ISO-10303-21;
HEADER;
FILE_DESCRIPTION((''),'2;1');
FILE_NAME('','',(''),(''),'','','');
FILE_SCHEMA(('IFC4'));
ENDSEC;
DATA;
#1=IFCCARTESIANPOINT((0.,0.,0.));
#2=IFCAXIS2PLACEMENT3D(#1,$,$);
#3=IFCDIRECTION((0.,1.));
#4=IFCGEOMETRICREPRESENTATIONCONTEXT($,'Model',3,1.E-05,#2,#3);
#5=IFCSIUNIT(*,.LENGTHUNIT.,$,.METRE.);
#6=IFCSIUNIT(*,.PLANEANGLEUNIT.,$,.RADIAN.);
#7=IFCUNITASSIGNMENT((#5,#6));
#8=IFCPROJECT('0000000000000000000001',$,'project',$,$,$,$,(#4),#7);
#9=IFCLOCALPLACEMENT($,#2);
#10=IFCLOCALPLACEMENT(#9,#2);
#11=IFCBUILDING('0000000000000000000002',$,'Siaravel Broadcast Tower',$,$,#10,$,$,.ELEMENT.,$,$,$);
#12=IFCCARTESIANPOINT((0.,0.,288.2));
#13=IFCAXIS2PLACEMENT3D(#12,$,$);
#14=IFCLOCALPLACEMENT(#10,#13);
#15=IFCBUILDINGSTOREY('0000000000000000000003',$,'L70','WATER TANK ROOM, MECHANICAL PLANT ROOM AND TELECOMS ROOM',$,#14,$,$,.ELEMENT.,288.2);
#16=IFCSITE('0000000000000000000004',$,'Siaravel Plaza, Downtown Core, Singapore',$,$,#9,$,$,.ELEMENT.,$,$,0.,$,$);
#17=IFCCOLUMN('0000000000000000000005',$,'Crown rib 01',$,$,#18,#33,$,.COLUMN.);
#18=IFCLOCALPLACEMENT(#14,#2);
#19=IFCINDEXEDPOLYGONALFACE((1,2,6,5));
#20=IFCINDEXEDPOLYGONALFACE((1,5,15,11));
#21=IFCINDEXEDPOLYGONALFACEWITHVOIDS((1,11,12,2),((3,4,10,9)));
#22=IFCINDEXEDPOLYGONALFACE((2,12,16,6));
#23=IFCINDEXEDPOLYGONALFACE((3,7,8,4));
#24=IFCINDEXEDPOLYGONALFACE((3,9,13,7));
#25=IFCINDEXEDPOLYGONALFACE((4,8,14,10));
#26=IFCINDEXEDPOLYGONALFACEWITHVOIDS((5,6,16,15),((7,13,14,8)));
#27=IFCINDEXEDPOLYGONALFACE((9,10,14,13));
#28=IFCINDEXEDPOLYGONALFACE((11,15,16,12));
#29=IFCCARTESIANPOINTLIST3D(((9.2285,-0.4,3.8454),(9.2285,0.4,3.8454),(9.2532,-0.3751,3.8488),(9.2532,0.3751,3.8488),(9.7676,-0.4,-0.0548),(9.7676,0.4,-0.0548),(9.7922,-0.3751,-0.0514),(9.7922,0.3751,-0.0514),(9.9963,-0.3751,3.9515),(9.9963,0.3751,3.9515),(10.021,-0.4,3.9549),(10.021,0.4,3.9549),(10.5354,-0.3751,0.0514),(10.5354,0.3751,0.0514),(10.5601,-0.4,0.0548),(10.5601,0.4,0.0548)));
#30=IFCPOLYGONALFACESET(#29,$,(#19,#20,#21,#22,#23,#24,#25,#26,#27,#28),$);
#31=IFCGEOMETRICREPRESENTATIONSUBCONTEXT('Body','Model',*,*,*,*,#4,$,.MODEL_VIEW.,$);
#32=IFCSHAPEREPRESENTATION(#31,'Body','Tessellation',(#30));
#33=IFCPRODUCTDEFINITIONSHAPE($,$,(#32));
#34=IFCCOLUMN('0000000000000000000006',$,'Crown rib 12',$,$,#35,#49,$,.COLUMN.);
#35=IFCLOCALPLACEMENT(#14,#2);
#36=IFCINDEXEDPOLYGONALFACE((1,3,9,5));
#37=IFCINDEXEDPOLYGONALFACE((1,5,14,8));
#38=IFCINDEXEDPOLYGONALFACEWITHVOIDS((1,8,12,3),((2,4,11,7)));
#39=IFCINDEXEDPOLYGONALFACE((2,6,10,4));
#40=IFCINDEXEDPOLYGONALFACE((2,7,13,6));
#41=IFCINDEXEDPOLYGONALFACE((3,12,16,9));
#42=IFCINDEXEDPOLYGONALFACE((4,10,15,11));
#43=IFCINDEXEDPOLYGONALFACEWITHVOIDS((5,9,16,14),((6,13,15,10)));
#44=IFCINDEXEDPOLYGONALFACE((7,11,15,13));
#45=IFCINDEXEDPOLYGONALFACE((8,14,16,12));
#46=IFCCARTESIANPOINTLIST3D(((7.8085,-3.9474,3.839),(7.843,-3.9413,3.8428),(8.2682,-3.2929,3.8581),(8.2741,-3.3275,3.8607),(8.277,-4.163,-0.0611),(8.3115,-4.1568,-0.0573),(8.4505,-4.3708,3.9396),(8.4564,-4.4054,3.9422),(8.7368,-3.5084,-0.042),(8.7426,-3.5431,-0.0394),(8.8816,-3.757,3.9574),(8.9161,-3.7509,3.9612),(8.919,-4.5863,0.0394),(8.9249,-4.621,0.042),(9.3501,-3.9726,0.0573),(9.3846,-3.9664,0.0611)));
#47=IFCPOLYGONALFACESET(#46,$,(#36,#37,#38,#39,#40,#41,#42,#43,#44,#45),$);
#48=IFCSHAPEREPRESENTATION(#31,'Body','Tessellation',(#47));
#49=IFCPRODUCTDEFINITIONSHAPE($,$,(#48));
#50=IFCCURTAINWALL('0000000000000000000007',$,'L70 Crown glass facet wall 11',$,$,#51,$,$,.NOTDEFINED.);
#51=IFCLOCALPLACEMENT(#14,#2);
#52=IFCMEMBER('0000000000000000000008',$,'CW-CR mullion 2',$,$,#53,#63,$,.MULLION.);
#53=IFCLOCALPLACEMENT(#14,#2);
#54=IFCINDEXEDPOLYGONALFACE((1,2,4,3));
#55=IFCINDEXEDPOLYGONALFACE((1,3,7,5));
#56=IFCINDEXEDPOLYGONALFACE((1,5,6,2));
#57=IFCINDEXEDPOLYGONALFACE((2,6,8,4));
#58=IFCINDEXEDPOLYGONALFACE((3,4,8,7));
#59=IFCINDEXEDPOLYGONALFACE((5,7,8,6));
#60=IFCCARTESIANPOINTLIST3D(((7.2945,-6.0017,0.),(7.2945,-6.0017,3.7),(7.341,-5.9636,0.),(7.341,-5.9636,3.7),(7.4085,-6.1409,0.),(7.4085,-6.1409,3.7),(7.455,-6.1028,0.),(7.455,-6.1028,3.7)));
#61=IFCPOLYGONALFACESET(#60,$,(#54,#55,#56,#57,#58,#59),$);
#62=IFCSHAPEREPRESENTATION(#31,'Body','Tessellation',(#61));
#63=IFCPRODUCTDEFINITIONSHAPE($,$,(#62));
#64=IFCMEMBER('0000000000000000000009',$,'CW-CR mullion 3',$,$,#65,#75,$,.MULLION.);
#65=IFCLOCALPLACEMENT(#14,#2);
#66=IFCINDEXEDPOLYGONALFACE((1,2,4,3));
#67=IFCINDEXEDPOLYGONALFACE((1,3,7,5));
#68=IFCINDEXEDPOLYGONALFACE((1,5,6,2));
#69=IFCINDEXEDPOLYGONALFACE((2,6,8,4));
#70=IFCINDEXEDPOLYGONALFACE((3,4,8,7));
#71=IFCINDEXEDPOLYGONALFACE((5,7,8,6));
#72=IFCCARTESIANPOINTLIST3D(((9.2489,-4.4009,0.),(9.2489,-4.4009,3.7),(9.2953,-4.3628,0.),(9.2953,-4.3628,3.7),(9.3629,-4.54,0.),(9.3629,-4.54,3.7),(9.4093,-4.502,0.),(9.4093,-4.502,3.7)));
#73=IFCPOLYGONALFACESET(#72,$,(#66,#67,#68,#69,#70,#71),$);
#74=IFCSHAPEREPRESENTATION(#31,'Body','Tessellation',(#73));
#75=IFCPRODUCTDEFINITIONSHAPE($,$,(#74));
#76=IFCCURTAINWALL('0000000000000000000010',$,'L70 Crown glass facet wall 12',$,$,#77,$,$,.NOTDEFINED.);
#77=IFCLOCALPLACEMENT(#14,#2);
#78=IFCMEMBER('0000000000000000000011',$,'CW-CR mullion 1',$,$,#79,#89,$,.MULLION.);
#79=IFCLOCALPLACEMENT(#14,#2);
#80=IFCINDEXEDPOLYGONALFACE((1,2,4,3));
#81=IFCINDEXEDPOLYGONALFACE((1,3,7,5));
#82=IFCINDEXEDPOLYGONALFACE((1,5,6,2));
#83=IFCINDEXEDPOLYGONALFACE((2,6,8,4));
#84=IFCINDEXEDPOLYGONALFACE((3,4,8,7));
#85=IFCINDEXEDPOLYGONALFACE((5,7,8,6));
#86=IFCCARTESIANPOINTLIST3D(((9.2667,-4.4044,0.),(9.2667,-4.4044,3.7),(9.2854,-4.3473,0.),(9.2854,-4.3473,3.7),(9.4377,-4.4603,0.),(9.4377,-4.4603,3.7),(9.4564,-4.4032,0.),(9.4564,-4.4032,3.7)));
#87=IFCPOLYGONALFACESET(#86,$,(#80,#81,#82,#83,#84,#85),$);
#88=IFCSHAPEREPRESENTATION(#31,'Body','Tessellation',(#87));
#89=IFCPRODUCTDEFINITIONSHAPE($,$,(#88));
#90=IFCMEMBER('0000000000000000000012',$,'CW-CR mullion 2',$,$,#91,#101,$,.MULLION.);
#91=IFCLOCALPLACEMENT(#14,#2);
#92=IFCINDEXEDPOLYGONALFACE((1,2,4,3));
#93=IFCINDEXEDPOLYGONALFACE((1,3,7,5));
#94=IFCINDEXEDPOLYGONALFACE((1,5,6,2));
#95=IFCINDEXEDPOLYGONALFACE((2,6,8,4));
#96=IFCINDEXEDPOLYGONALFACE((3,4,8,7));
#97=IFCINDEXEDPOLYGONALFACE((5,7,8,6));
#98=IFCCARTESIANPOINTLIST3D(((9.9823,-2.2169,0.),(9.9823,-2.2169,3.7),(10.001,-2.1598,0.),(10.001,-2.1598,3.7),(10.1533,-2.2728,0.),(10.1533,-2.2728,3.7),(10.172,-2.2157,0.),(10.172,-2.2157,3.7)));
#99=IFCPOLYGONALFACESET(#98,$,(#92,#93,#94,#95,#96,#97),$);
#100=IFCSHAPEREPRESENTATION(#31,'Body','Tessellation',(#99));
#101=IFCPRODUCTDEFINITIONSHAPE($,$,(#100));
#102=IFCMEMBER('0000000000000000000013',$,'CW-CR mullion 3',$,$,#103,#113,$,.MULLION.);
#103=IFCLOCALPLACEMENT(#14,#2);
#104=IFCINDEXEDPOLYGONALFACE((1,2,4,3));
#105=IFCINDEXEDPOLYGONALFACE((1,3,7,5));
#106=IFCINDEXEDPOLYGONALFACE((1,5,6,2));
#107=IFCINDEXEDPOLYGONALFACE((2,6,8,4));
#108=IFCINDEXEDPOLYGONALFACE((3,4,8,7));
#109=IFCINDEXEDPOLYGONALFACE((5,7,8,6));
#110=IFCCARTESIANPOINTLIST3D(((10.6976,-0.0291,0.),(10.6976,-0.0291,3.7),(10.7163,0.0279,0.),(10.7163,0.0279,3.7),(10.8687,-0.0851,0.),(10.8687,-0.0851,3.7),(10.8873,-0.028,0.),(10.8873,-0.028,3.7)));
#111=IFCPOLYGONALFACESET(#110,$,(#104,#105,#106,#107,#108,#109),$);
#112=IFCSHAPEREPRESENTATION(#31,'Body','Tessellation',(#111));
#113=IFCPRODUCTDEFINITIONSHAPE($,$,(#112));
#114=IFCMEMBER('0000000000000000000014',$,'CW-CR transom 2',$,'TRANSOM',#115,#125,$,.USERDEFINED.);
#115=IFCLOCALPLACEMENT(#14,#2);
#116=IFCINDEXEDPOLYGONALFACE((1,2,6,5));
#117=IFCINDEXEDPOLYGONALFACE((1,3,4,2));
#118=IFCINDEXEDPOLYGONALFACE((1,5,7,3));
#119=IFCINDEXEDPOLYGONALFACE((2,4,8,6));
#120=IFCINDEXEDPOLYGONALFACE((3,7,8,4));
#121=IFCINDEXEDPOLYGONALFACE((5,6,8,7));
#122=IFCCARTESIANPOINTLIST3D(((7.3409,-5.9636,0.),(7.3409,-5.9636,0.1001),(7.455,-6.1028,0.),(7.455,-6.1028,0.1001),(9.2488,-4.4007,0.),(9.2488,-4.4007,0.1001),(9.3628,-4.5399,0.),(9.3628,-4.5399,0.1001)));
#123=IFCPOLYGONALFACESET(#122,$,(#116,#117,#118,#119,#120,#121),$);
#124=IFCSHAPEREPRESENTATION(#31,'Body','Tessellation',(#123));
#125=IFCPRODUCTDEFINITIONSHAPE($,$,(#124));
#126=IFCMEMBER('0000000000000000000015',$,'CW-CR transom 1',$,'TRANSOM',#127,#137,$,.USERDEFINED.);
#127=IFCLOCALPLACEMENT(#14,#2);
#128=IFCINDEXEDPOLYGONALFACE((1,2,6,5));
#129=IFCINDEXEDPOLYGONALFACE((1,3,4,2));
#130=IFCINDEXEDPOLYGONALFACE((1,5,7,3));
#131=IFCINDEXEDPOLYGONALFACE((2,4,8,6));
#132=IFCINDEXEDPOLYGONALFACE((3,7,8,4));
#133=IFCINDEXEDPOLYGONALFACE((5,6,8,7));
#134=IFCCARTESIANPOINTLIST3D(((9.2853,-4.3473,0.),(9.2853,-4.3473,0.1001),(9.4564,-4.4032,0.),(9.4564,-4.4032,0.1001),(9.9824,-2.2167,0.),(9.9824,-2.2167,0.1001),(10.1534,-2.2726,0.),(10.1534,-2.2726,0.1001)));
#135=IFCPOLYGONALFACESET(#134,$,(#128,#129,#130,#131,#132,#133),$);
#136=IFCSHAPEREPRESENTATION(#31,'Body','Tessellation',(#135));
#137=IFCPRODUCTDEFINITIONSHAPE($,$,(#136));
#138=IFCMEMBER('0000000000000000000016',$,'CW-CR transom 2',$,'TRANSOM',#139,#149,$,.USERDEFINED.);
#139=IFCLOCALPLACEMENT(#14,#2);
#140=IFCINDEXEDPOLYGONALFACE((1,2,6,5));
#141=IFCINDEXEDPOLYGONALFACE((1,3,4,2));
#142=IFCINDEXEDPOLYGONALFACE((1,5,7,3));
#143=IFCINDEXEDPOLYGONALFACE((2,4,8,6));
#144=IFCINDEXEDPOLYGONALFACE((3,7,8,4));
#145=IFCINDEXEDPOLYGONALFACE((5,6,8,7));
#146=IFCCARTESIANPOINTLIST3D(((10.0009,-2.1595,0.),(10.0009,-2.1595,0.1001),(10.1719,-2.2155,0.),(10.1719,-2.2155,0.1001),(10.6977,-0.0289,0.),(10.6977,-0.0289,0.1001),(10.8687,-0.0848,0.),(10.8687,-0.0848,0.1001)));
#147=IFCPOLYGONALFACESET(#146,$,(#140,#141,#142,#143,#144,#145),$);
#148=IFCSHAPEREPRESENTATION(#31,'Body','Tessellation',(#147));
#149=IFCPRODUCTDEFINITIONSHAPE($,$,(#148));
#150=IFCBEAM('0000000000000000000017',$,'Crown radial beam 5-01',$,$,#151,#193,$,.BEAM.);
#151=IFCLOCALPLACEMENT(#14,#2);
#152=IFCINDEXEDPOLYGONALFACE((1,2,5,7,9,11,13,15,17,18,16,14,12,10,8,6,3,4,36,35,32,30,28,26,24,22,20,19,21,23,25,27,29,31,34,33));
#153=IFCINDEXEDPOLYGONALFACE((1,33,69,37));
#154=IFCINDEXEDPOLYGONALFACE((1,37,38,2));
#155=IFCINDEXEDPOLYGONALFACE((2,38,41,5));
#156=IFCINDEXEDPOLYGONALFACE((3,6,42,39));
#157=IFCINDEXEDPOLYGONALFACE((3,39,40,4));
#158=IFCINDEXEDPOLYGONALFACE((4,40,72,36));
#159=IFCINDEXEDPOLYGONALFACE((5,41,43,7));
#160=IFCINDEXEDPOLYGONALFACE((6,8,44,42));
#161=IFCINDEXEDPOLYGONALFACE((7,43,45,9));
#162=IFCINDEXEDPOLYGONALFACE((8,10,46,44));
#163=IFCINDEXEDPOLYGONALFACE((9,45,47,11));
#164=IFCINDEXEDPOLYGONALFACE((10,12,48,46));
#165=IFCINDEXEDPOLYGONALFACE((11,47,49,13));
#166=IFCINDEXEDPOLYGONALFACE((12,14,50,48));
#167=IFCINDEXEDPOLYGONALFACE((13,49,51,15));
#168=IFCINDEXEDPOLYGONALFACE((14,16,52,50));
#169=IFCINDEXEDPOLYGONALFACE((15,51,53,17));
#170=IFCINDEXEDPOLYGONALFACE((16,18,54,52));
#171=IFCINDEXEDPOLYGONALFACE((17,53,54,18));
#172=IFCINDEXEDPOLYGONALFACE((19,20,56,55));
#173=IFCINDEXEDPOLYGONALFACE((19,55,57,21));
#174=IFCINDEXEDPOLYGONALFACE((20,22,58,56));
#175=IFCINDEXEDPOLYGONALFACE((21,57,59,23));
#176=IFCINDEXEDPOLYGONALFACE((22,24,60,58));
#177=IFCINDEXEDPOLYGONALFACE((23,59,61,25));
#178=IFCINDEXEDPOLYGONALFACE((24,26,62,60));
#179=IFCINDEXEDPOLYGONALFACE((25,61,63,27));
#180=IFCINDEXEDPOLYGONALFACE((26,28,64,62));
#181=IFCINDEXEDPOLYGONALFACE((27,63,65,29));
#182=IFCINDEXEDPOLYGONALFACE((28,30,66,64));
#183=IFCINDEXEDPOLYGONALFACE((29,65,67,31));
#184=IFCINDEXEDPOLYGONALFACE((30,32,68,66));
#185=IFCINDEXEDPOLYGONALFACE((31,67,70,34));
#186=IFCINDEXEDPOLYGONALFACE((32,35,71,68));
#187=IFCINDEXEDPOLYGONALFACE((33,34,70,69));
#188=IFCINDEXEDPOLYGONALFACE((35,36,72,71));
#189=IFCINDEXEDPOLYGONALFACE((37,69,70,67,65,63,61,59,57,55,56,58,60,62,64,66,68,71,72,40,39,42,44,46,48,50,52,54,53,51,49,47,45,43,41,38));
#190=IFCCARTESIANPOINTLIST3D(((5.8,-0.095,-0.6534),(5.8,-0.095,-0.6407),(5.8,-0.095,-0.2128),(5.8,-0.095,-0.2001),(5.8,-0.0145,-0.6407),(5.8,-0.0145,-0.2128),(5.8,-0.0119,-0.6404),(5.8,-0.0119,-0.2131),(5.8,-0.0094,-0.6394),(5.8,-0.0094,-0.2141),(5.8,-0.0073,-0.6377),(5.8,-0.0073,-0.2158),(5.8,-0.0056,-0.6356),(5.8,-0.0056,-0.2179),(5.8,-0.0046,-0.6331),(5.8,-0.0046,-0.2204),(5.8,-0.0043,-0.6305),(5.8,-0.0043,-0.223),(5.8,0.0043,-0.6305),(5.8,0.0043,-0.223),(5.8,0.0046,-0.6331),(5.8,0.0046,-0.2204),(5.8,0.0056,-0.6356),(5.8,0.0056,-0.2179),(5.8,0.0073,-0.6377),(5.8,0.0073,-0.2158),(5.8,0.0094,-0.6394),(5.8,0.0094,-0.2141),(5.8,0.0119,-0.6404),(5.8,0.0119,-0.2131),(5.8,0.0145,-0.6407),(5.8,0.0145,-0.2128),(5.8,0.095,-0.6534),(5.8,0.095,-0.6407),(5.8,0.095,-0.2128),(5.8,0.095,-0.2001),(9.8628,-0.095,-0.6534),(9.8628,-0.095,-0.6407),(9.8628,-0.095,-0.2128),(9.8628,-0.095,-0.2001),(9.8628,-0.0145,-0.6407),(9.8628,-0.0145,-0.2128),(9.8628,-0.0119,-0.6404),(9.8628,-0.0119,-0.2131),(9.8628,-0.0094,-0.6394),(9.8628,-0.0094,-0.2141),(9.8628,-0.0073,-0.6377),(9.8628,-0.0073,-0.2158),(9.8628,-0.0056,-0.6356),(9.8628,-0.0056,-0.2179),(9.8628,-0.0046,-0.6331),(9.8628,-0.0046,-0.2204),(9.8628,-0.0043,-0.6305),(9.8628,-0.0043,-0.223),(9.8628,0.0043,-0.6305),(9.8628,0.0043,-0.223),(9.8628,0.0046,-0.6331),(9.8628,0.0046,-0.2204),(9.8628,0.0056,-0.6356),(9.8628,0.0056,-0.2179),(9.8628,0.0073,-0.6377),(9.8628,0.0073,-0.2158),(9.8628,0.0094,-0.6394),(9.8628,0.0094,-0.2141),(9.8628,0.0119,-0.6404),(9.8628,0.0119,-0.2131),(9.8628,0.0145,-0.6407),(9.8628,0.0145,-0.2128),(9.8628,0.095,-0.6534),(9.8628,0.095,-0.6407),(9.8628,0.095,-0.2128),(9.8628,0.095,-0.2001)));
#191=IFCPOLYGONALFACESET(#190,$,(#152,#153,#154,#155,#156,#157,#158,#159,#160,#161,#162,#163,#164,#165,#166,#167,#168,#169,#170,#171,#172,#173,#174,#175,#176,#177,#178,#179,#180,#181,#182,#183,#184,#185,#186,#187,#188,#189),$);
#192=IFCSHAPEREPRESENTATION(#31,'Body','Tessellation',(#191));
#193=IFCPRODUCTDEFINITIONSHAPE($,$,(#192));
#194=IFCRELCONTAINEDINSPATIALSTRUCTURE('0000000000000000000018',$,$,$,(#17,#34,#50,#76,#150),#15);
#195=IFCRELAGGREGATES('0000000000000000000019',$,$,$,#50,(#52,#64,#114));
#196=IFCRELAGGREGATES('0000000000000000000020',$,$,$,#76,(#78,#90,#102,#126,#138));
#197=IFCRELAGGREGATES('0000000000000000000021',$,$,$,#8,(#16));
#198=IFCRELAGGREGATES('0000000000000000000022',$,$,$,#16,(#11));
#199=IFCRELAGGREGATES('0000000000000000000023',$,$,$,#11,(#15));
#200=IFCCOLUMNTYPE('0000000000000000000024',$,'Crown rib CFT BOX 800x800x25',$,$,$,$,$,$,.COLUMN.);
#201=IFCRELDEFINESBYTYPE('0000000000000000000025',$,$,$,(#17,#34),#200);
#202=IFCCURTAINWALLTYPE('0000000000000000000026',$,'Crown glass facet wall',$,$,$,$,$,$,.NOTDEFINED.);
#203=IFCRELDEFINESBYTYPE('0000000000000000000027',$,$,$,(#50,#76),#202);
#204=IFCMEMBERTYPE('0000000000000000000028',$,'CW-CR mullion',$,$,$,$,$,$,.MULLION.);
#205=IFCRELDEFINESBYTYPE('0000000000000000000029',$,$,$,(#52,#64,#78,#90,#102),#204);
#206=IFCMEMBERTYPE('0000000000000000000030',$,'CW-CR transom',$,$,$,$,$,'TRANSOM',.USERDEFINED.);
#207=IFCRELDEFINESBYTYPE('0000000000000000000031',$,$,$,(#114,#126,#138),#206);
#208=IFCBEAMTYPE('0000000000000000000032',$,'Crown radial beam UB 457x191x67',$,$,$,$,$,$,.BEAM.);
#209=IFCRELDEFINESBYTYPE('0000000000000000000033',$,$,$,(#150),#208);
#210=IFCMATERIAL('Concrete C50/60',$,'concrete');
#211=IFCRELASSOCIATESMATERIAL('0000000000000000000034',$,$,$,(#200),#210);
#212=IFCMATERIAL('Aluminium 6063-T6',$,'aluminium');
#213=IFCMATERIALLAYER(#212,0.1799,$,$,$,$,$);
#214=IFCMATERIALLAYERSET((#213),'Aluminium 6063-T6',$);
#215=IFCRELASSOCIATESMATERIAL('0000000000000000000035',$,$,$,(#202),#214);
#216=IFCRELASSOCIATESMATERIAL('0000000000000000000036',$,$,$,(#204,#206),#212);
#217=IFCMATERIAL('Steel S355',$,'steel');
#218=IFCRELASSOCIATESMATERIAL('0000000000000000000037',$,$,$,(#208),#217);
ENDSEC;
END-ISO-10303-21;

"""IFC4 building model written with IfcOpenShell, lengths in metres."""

from ifc_helpers import new_model, si_unit, direction, frame, origin, origin_2d, place, context, subcontext, project, spatial, rectangle, hollow_rectangle, i_section, extrude, material, layer, layer_set, material_profile, profile_set, type_object, element, aggregate, save


model = new_model("IFC4")

# Units and contexts
model_context = context("Model", 3, precision=1e-05, world=origin(), true_north=direction((0.0, 1.0)))
body_context = subcontext(model_context, "Body", "Model", "MODEL_VIEW")
ifc_project = project(units=[si_unit("LENGTHUNIT", "METRE"), si_unit("PLANEANGLEUNIT", "RADIAN")], contexts=[model_context])

# Site, building, storey
site_placement = place(None, origin())
site = spatial("IfcSite", under=ifc_project, at=site_placement, Name="Siaravel Plaza, Downtown Core, Singapore", CompositionType="ELEMENT", RefElevation=0.0)
building_placement = place(site_placement, origin())
building = spatial("IfcBuilding", under=site, at=building_placement, Name="Siaravel Broadcast Tower", CompositionType="ELEMENT")
storey_placement = place(building_placement, frame((0.0, 0.0, 288.2)))
storey = spatial("IfcBuildingStorey", under=building, at=storey_placement, Name="L70", Description="WATER TANK ROOM, MECHANICAL PLANT ROOM AND TELECOMS ROOM", CompositionType="ELEMENT", Elevation=288.2)

# Columns
ifc_material_1 = material(Name="Concrete C50/60", Category="concrete")
ifc_material_profile_1 = material_profile(ifc_material_1, hollow_rectangle(XDim=0.8, YDim=0.8, WallThickness=0.0249, at=origin_2d()))
ifc_profile_set_1 = profile_set([ifc_material_profile_1], Name="Concrete C50/60")
column_type = type_object("IfcColumnType", Name="Crown rib CFT BOX 800x800x25", PredefinedType="COLUMN", material=ifc_profile_set_1)
column_1_placement = place(storey_placement, frame((10.1638, 0.0, 0.0), z_axis=(-0.136914, 0.0, 0.990583), x_axis=(0.0, -1.0, 0.0)))
element("IfcColumn", 1, at=column_1_placement, inside=storey, type_object=column_type, Name="Crown rib 01", PredefinedType="COLUMN", context=body_context, shape_type="SweptSolid", body=[
    extrude(hollow_rectangle(XDim=0.8, YDim=0.8, WallThickness=0.0249, at=origin_2d()), origin(), (0.0, 0.0, 1.0), 3.9373),
])
column_2_placement = place(storey_placement, frame((8.8308, -4.0647, 0.0), z_axis=(-0.119089, 0.054797, 0.99137), x_axis=(-0.574593, -0.818093, -0.023804)))
element("IfcColumn", 2, at=column_2_placement, inside=storey, type_object=column_type, Name="Crown rib 12", PredefinedType="COLUMN", context=body_context, shape_type="SweptSolid", body=[
    extrude(hollow_rectangle(XDim=0.8, YDim=0.8, WallThickness=0.0249, at=origin_2d()), origin(), (0.0, 0.0, 1.0), 3.9341),
])

# Curtain walls, members
ifc_material_2 = material(Name="Aluminium 6063-T6", Category="aluminium")
ifc_layer_1 = layer(ifc_material_2, 0.1799)
ifc_layer_set_1 = layer_set([ifc_layer_1], Name="Aluminium 6063-T6")
curtain_wall_type = type_object("IfcCurtainWallType", Name="Crown glass facet wall", PredefinedType="NOTDEFINED", material=ifc_layer_set_1)
curtain_wall_1_placement = place(storey_placement, origin())
curtain_wall_1 = element("IfcCurtainWall", 3, at=curtain_wall_1_placement, inside=storey, type_object=curtain_wall_type, Name="L70 Crown glass facet wall 11", PredefinedType="NOTDEFINED")
ifc_material_profile_2 = material_profile(ifc_material_2, rectangle(XDim=0.1799, YDim=0.0601, at=origin_2d()))
ifc_profile_set_2 = profile_set([ifc_material_profile_2], Name="Aluminium 6063-T6")
member_type_1 = type_object("IfcMemberType", Name="CW-CR mullion", PredefinedType="MULLION", material=ifc_profile_set_2)
member_1_placement = place(storey_placement, frame((7.3748, -6.0522, 0.0), z_axis=(0.0, 0.0, 1.0), x_axis=(-0.633718, 0.773564, 0.0)))
member_1 = element("IfcMember", 4, at=member_1_placement, type_object=member_type_1, Name="CW-CR mullion 2", PredefinedType="MULLION", context=body_context, shape_type="SweptSolid", body=[
    extrude(rectangle(XDim=0.1799, YDim=0.0601, at=origin_2d()), origin(), (0.0, 0.0, 1.0), 3.7),
])
member_2_placement = place(storey_placement, frame((9.3291, -4.4514, 0.0), z_axis=(0.0, 0.0, 1.0), x_axis=(-0.633718, 0.773564, 0.0)))
member_2 = element("IfcMember", 5, at=member_2_placement, type_object=member_type_1, Name="CW-CR mullion 3", PredefinedType="MULLION", context=body_context, shape_type="SweptSolid", body=[
    extrude(rectangle(XDim=0.1799, YDim=0.0601, at=origin_2d()), origin(), (0.0, 0.0, 1.0), 3.7),
])
curtain_wall_2_placement = place(storey_placement, origin())
curtain_wall_2 = element("IfcCurtainWall", 6, at=curtain_wall_2_placement, inside=storey, type_object=curtain_wall_type, Name="L70 Crown glass facet wall 12", PredefinedType="NOTDEFINED")
member_3_placement = place(storey_placement, frame((9.3616, -4.4038, 0.0), z_axis=(0.0, 0.0, 1.0), x_axis=(-0.950458, 0.310853, 0.0)))
member_3 = element("IfcMember", 7, at=member_3_placement, type_object=member_type_1, Name="CW-CR mullion 1", PredefinedType="MULLION", context=body_context, shape_type="SweptSolid", body=[
    extrude(rectangle(XDim=0.1799, YDim=0.0601, at=origin_2d()), origin(), (0.0, 0.0, 1.0), 3.7),
])
member_4_placement = place(storey_placement, frame((10.0771, -2.2163, 0.0), z_axis=(0.0, 0.0, 1.0), x_axis=(-0.950458, 0.310853, 0.0)))
member_4 = element("IfcMember", 8, at=member_4_placement, type_object=member_type_1, Name="CW-CR mullion 2", PredefinedType="MULLION", context=body_context, shape_type="SweptSolid", body=[
    extrude(rectangle(XDim=0.1799, YDim=0.0601, at=origin_2d()), origin(), (0.0, 0.0, 1.0), 3.7),
])
member_5_placement = place(storey_placement, frame((10.7925, -0.0286, 0.0), z_axis=(0.0, 0.0, 1.0), x_axis=(-0.950458, 0.310853, 0.0)))
member_5 = element("IfcMember", 9, at=member_5_placement, type_object=member_type_1, Name="CW-CR mullion 3", PredefinedType="MULLION", context=body_context, shape_type="SweptSolid", body=[
    extrude(rectangle(XDim=0.1799, YDim=0.0601, at=origin_2d()), origin(), (0.0, 0.0, 1.0), 3.7),
])

# Members
ifc_material_profile_3 = material_profile(ifc_material_2, rectangle(XDim=0.1799, YDim=0.1001, at=origin_2d()))
ifc_profile_set_3 = profile_set([ifc_material_profile_3], Name="Aluminium 6063-T6")
member_type_2 = type_object("IfcMemberType", Name="CW-CR transom", ElementType="TRANSOM", PredefinedType="USERDEFINED", material=ifc_profile_set_3)
member_6_placement = place(storey_placement, frame((7.3979, -6.0332, 0.05), z_axis=(0.773573, 0.633707, 0.0), x_axis=(-0.633707, 0.773573, 0.0)))
member_6 = element("IfcMember", 10, at=member_6_placement, type_object=member_type_2, Name="CW-CR transom 2", ObjectType="TRANSOM", PredefinedType="USERDEFINED", context=body_context, shape_type="SweptSolid", body=[
    extrude(rectangle(XDim=0.1799, YDim=0.1001, at=origin_2d()), origin(), (0.0, 0.0, 1.0), 2.4663),
])
member_7_placement = place(storey_placement, frame((9.3708, -4.3752, 0.05), z_axis=(0.31093, 0.950433, 0.0), x_axis=(-0.950433, 0.31093, 0.0)))
member_7 = element("IfcMember", 11, at=member_7_placement, type_object=member_type_2, Name="CW-CR transom 1", ObjectType="TRANSOM", PredefinedType="USERDEFINED", context=body_context, shape_type="SweptSolid", body=[
    extrude(rectangle(XDim=0.1799, YDim=0.1001, at=origin_2d()), origin(), (0.0, 0.0, 1.0), 2.2417),
])
member_8_placement = place(storey_placement, frame((10.0864, -2.1875, 0.05), z_axis=(0.310832, 0.950465, 0.0), x_axis=(-0.950465, 0.310832, 0.0)))
member_8 = element("IfcMember", 12, at=member_8_placement, type_object=member_type_2, Name="CW-CR transom 2", ObjectType="TRANSOM", PredefinedType="USERDEFINED", context=body_context, shape_type="SweptSolid", body=[
    extrude(rectangle(XDim=0.1799, YDim=0.1001, at=origin_2d()), origin(), (0.0, 0.0, 1.0), 2.2417),
])

# Beam
ifc_material_3 = material(Name="Steel S355", Category="steel")
ifc_material_profile_4 = material_profile(ifc_material_3, i_section(OverallWidth=0.1899, OverallDepth=0.4534, WebThickness=0.0085, FlangeThickness=0.0127, FilletRadius=0.0103, at=origin_2d()))
ifc_profile_set_4 = profile_set([ifc_material_profile_4], Name="Steel S355")
beam_type_1 = type_object("IfcBeamType", Name="Crown radial beam UB 457x191x67", PredefinedType="BEAM", material=ifc_profile_set_4)
beam_1_placement = place(storey_placement, frame((9.8628, 0.0, -0.4268), z_axis=(-1.0, 0.0, 0.0), x_axis=(0.0, -1.0, 0.0)))
element("IfcBeam", 13, at=beam_1_placement, inside=storey, type_object=beam_type_1, Name="Crown radial beam 5-01", PredefinedType="BEAM", context=body_context, shape_type="SweptSolid", body=[
    extrude(i_section(OverallWidth=0.1899, OverallDepth=0.4534, WebThickness=0.0085, FlangeThickness=0.0127, FilletRadius=0.0103, at=origin_2d()), origin(), (0.0, 0.0, 1.0), 4.0627),
])

aggregate(curtain_wall_1, [member_1, member_2, member_6])
aggregate(curtain_wall_2, [member_3, member_4, member_5, member_7, member_8])

save(model, "model.ifc")
